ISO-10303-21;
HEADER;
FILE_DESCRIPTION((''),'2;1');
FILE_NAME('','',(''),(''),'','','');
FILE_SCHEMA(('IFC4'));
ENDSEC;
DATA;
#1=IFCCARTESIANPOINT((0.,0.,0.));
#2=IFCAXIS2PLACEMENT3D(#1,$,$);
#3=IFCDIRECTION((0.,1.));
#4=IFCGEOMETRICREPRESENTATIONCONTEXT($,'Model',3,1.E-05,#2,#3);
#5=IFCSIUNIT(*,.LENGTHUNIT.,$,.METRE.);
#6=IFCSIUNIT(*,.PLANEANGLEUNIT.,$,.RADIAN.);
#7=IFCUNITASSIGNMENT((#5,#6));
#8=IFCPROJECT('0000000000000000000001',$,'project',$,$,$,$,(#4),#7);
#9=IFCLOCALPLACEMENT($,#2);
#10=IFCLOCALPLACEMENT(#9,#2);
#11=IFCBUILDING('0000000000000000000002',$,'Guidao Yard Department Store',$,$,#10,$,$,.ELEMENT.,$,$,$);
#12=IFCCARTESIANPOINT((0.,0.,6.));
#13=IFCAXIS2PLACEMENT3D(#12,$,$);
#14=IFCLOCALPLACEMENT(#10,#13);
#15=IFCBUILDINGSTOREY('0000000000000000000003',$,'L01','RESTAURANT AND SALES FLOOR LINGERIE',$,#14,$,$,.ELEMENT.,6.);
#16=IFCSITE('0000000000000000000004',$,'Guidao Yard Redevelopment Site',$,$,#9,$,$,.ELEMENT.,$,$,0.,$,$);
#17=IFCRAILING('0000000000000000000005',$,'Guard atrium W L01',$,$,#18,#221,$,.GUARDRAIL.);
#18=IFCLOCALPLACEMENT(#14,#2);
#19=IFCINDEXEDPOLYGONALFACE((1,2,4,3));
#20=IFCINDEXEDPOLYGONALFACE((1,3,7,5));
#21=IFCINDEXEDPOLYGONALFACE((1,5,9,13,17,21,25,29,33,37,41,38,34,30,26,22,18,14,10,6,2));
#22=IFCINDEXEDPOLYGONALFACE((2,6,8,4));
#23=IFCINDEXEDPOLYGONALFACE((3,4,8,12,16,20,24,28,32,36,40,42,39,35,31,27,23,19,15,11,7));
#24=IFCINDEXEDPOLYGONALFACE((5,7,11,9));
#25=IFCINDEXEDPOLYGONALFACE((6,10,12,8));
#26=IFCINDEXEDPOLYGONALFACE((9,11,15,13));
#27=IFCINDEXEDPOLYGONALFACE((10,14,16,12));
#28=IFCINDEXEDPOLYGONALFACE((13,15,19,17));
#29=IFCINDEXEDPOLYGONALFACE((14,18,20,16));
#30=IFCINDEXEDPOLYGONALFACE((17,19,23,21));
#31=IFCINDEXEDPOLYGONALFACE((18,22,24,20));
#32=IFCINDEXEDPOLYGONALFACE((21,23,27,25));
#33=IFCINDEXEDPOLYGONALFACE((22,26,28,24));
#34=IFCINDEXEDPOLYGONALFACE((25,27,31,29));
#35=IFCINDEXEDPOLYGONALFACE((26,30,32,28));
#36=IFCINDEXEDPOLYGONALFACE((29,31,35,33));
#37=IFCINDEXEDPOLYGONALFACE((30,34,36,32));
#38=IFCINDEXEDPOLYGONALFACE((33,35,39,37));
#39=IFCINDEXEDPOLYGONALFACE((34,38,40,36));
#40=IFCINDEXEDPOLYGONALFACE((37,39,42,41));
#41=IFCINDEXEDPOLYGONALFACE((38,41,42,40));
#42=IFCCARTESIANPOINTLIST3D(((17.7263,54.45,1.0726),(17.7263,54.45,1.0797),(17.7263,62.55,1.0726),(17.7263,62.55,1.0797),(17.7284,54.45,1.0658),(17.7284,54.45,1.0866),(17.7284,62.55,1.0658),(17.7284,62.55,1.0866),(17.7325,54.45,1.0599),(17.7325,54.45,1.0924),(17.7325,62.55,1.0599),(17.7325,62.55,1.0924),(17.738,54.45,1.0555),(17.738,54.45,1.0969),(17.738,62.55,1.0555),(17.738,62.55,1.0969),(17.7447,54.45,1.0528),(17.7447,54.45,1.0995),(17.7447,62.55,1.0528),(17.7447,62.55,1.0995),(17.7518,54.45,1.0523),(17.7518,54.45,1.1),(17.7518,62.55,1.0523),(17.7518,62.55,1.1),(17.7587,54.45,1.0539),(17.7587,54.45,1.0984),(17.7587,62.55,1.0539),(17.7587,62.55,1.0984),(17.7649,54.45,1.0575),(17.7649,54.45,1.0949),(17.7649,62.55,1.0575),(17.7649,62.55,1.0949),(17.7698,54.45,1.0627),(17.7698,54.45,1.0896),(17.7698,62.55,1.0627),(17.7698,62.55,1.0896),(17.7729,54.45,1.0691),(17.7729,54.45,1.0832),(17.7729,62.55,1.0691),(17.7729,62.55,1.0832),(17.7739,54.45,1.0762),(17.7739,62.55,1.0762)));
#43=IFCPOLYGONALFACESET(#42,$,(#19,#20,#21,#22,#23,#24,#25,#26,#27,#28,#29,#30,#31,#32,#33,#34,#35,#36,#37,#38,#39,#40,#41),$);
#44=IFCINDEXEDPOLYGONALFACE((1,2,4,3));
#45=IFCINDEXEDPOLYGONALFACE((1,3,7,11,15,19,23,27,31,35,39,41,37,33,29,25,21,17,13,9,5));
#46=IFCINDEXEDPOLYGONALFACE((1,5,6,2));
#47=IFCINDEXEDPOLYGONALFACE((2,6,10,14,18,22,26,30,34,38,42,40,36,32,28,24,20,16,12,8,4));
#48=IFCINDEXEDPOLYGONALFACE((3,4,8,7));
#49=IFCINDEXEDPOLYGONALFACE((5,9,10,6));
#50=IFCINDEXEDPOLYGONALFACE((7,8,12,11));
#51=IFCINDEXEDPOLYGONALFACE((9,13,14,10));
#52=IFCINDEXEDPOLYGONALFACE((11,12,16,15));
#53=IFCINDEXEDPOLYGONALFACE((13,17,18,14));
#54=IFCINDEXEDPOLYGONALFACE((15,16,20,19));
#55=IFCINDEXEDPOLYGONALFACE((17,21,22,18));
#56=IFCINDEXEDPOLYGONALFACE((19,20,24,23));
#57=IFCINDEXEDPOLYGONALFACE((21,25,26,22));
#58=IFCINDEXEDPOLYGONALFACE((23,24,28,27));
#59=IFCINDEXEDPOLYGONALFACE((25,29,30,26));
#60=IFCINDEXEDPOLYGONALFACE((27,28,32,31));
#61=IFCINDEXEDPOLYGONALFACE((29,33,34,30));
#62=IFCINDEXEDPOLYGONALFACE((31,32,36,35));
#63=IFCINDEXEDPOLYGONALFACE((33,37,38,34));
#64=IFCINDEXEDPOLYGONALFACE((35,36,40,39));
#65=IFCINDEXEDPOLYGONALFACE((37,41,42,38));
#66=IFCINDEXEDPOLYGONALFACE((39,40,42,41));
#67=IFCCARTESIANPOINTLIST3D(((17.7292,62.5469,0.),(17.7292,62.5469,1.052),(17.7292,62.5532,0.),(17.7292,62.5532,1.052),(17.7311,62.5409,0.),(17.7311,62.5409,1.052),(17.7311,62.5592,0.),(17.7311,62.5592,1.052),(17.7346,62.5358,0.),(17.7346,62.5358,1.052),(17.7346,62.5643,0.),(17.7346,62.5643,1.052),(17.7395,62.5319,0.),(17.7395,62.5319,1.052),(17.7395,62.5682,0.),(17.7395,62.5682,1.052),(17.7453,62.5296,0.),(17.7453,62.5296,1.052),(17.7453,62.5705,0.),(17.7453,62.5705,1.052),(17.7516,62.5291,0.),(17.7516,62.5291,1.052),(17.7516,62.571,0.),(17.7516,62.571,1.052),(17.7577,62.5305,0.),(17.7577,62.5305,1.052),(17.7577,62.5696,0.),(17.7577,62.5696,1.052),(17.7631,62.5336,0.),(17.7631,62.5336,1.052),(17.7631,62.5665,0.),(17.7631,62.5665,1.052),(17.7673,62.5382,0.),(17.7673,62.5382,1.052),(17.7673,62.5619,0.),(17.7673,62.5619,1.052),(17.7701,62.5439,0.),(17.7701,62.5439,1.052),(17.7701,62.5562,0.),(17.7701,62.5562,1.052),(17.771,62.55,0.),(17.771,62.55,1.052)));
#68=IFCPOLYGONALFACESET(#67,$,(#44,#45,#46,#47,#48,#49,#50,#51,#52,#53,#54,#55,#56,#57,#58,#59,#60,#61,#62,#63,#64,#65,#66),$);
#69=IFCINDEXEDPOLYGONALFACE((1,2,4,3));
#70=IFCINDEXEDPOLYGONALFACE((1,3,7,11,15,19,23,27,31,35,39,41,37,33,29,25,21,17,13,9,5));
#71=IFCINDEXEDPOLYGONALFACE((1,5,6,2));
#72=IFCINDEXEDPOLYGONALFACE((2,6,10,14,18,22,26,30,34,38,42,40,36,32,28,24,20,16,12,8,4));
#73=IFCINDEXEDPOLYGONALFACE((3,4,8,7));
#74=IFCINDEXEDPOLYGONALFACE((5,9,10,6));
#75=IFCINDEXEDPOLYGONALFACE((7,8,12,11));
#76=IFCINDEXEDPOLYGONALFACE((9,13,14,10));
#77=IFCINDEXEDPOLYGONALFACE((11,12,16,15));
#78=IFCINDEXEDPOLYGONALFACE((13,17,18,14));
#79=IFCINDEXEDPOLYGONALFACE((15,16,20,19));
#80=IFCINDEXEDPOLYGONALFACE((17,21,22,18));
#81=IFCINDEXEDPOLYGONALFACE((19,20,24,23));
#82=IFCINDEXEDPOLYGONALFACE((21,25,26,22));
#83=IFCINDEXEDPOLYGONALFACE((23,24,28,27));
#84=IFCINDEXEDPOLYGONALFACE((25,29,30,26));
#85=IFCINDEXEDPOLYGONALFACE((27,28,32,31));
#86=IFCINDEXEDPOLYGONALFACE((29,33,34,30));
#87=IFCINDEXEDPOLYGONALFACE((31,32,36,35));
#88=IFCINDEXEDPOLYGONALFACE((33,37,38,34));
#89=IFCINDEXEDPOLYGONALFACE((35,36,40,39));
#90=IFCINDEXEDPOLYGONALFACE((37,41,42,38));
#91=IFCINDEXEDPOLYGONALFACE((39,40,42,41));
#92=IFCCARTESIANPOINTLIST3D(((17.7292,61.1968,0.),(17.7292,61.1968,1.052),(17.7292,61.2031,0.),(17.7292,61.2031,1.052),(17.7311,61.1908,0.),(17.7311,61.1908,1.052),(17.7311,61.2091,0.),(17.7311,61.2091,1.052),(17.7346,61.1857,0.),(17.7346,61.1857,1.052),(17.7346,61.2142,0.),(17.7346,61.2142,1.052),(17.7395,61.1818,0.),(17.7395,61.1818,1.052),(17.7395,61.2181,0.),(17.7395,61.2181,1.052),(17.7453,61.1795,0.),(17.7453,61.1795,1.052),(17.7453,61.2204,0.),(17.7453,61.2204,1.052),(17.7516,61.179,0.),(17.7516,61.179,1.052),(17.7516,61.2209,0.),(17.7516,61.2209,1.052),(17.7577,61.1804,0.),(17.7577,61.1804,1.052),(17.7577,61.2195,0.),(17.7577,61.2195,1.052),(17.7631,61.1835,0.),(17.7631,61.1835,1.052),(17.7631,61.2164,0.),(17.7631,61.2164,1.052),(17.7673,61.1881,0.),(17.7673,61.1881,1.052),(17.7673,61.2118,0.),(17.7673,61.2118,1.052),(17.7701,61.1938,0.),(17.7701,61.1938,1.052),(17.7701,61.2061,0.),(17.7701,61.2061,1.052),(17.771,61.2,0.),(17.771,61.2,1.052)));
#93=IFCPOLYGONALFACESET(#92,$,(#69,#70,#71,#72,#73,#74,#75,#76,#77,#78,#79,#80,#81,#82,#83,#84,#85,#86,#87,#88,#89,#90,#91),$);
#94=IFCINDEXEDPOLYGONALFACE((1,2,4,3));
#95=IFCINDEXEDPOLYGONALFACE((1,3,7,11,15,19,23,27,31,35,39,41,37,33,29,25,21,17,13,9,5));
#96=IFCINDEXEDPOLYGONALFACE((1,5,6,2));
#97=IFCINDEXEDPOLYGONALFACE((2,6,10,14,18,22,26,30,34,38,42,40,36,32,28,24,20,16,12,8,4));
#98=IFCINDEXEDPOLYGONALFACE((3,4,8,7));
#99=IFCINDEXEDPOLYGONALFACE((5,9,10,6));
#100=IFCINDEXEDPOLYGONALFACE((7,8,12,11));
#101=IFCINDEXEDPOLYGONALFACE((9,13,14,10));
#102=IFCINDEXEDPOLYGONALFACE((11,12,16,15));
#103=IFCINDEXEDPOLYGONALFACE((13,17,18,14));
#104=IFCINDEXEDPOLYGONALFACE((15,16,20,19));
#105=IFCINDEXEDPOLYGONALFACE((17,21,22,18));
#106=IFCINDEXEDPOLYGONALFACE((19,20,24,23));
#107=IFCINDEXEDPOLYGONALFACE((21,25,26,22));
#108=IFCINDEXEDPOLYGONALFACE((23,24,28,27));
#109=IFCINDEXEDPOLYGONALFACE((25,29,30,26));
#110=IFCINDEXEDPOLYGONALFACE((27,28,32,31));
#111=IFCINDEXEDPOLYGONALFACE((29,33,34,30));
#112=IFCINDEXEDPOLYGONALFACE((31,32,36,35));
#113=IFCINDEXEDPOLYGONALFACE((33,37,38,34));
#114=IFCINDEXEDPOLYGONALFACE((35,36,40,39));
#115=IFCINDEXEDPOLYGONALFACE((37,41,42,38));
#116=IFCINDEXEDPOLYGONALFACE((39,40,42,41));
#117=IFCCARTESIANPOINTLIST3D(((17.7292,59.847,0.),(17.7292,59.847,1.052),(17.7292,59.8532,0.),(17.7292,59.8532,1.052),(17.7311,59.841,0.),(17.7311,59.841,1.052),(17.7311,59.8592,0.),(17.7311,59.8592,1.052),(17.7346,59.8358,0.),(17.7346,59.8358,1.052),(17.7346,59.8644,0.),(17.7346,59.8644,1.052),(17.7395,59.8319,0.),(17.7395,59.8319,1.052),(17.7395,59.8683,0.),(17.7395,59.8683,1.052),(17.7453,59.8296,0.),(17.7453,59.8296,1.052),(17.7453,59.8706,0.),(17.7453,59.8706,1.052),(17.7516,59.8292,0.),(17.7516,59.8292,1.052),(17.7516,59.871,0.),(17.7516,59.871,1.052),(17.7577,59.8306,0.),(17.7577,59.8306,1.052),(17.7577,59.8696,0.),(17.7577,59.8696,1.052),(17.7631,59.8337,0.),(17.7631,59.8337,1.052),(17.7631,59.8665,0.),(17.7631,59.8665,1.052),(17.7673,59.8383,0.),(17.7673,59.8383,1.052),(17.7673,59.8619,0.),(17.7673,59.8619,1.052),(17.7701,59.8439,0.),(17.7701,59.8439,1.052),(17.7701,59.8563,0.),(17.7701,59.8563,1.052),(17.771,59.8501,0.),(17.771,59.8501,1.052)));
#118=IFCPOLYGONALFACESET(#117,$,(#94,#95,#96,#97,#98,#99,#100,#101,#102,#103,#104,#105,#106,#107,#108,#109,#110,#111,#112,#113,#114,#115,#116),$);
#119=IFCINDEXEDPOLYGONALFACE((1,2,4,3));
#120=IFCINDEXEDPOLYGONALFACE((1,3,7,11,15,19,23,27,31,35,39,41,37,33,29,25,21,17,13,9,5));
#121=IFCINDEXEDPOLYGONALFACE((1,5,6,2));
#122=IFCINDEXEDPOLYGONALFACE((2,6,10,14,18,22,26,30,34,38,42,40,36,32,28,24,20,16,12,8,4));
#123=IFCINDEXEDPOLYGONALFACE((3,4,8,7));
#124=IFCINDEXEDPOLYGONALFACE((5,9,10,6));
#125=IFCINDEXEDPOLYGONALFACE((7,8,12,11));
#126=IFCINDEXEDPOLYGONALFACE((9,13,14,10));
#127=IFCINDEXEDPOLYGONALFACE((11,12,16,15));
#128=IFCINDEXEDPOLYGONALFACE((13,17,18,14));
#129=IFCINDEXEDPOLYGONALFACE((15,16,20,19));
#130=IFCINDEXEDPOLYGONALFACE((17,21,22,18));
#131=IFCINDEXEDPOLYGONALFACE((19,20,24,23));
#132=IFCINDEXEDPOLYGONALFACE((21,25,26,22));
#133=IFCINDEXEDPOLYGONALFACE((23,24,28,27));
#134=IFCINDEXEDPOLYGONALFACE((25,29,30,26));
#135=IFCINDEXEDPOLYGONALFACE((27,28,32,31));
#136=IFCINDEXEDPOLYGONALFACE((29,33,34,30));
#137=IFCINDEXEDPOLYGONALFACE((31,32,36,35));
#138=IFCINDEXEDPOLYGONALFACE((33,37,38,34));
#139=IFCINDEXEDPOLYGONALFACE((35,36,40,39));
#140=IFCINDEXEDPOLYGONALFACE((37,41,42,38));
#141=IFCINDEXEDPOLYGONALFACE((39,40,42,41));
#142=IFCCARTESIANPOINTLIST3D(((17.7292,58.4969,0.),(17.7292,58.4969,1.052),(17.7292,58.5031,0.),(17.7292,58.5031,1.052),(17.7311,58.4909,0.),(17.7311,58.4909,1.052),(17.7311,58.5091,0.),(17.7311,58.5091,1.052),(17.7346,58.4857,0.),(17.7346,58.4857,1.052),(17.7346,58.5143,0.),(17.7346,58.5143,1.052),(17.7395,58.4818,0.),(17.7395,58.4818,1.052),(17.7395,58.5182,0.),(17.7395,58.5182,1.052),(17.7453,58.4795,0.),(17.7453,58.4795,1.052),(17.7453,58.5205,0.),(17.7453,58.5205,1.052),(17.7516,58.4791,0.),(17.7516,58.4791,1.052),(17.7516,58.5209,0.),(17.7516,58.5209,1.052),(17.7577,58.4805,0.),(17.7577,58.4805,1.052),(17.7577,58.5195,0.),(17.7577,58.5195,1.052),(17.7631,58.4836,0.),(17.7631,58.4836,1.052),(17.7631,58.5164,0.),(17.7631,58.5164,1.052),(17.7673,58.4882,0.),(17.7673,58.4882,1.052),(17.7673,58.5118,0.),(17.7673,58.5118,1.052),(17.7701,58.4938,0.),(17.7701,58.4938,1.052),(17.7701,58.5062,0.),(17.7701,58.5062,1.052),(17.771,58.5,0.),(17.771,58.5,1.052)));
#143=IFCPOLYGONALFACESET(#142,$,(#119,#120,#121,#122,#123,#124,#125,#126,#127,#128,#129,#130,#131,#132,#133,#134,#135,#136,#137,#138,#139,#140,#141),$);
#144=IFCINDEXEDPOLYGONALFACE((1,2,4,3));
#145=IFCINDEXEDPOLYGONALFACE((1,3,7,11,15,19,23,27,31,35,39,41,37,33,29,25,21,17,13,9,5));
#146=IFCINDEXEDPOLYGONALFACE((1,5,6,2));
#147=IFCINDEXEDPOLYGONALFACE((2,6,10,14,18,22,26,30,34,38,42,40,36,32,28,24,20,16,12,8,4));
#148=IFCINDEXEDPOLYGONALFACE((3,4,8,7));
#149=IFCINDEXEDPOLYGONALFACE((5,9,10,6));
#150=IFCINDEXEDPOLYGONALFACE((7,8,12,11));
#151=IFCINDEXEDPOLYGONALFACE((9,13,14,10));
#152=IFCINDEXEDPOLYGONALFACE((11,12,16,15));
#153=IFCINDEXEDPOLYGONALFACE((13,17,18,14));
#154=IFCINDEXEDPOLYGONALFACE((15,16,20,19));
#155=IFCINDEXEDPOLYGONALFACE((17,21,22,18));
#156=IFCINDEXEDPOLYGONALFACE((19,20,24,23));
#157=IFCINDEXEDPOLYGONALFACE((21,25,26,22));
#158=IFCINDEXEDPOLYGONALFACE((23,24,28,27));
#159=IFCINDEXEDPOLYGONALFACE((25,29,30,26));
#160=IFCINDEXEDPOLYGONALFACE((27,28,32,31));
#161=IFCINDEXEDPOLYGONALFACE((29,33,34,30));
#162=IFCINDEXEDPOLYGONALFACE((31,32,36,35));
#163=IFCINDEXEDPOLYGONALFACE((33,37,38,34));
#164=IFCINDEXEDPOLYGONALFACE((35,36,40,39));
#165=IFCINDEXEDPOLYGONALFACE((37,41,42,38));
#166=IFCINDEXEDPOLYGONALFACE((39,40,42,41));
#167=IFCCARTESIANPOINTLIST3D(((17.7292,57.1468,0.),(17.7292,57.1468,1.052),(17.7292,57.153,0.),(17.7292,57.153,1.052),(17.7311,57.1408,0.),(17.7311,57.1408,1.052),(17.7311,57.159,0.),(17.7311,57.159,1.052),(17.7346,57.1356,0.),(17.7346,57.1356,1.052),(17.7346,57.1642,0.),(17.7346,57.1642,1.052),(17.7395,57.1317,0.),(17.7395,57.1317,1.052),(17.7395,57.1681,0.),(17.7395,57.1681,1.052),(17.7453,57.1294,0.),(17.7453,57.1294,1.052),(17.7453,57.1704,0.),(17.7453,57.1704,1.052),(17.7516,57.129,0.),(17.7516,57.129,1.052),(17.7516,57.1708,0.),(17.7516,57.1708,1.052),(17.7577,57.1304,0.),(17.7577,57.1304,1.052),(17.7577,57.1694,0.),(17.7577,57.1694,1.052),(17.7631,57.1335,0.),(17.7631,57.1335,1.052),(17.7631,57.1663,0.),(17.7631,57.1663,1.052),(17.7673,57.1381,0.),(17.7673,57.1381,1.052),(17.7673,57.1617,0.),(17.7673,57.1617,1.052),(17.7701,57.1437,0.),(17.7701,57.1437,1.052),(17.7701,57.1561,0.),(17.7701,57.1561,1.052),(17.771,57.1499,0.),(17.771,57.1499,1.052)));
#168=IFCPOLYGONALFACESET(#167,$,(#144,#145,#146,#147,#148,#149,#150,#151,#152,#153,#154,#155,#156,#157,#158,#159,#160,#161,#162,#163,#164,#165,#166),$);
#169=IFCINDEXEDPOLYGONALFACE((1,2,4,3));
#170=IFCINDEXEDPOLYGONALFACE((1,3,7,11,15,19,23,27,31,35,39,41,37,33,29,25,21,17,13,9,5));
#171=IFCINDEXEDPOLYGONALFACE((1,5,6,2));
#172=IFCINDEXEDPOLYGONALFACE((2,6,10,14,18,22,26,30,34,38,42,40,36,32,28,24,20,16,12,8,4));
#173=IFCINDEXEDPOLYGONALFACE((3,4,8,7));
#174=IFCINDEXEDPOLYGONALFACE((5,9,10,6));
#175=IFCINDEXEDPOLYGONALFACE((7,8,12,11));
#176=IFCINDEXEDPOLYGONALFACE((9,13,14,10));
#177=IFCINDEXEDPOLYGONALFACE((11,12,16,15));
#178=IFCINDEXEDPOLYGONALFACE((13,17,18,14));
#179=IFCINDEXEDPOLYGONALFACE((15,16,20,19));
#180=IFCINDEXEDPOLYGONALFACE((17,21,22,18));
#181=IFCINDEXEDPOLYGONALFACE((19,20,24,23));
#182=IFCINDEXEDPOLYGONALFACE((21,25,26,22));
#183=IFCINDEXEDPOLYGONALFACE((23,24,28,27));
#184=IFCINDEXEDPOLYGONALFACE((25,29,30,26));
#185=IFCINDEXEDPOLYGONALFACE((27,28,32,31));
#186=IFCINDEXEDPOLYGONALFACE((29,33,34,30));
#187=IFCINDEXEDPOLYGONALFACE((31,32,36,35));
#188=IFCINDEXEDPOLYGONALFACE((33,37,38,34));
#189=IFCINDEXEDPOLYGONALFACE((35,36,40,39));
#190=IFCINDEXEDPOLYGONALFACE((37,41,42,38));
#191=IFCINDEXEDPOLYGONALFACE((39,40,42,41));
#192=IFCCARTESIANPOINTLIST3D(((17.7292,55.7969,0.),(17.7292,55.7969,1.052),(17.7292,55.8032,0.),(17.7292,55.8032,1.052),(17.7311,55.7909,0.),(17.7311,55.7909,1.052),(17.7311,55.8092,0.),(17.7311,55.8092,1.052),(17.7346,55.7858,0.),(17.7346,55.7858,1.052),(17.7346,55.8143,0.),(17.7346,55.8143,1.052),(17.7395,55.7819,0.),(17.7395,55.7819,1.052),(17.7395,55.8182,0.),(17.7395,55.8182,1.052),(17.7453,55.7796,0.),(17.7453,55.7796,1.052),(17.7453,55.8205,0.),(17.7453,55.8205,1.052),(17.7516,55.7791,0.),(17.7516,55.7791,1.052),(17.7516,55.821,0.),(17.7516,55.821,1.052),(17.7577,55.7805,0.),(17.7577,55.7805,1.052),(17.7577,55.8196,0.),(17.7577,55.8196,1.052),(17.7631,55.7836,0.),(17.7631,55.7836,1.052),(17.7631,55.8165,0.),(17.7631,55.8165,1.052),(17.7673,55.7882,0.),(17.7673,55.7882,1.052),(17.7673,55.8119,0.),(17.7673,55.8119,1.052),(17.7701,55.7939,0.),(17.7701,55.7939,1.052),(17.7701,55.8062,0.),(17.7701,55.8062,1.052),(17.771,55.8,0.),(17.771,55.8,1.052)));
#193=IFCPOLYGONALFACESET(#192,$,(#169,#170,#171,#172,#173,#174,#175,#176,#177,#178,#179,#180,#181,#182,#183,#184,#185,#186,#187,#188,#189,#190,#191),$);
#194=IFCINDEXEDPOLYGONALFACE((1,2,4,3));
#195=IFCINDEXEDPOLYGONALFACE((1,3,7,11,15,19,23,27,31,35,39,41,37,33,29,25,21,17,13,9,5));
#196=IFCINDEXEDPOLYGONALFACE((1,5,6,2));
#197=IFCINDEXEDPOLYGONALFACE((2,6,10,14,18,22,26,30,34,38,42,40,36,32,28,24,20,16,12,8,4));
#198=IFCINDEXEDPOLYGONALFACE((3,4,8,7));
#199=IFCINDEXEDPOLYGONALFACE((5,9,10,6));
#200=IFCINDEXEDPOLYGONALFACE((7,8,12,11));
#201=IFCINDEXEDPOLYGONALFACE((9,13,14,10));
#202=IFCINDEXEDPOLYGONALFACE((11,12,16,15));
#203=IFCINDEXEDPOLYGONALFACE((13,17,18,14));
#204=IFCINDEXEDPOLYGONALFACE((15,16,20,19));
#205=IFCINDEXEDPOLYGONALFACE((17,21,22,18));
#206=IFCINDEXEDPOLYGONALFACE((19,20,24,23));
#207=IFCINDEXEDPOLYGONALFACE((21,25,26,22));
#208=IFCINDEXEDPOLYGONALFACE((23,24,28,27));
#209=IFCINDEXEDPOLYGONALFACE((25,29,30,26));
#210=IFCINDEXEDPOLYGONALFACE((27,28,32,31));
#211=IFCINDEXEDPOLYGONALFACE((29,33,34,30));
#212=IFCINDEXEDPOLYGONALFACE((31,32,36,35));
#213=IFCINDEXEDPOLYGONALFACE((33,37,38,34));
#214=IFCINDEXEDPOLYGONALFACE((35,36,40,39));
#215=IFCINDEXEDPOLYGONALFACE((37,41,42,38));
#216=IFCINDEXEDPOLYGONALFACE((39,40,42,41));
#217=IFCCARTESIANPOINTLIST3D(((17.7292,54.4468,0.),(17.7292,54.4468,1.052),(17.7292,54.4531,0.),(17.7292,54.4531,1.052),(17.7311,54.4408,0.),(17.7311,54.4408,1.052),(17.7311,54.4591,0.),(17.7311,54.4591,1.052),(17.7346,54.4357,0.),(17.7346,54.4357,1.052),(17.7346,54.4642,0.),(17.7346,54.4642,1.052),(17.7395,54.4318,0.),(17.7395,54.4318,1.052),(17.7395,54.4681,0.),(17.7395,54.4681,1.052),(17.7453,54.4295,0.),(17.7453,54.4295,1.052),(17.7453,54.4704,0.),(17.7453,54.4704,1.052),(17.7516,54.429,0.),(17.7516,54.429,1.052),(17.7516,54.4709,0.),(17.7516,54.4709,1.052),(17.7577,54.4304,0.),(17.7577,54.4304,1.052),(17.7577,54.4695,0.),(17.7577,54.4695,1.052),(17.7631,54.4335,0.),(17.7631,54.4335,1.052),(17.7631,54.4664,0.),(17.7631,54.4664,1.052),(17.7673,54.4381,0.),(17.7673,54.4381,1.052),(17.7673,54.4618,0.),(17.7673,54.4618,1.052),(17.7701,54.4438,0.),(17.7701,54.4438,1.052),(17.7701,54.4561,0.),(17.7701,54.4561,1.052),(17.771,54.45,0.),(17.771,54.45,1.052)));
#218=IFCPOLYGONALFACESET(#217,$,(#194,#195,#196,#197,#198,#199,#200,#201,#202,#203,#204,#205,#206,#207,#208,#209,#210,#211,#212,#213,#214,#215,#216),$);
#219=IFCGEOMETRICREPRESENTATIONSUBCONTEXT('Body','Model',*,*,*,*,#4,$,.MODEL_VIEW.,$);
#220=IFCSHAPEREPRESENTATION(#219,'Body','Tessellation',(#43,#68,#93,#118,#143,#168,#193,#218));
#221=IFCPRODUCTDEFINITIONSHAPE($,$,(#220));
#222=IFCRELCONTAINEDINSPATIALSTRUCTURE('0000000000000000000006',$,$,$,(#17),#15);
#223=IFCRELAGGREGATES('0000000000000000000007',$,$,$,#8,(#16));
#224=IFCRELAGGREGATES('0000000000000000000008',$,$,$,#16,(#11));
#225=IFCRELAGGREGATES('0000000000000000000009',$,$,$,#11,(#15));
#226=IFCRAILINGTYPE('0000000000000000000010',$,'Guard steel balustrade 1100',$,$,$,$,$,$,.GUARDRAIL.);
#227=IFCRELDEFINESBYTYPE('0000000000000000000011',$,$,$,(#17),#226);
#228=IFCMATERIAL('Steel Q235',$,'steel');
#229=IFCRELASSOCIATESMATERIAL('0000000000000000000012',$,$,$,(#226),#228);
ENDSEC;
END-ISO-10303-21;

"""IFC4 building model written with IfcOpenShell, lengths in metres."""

from ifc_helpers import new_model, si_unit, direction, frame, origin, origin_2d, place, context, subcontext, project, spatial, circle, extrude, material, type_object, element, save


model = new_model("IFC4")

# Units and contexts
model_context = context("Model", 3, precision=1e-05, world=origin(), true_north=direction((0.0, 1.0)))
body_context = subcontext(model_context, "Body", "Model", "MODEL_VIEW")
ifc_project = project(units=[si_unit("LENGTHUNIT", "METRE"), si_unit("PLANEANGLEUNIT", "RADIAN")], contexts=[model_context])

# Site, building, storey
site_placement = place(None, origin())
site = spatial("IfcSite", under=ifc_project, at=site_placement, Name="Guidao Yard Redevelopment Site", CompositionType="ELEMENT", RefElevation=0.0)
building_placement = place(site_placement, origin())
building = spatial("IfcBuilding", under=site, at=building_placement, Name="Guidao Yard Department Store", CompositionType="ELEMENT")
storey_placement = place(building_placement, frame((0.0, 0.0, 6.0)))
storey = spatial("IfcBuildingStorey", under=building, at=storey_placement, Name="L01", Description="RESTAURANT AND SALES FLOOR LINGERIE", CompositionType="ELEMENT", Elevation=6.0)

# Railing
ifc_material_1 = material(Name="Steel Q235", Category="steel")
railing_type = type_object("IfcRailingType", Name="Guard steel balustrade 1100", PredefinedType="GUARDRAIL", material=ifc_material_1)
railing_1_placement = place(storey_placement, frame((17.75, 62.55, 0.0)))
element("IfcRailing", 1, at=railing_1_placement, inside=storey, type_object=railing_type, Name="Guard atrium W L01", PredefinedType="GUARDRAIL", context=body_context, shape_type="SweptSolid", body=[
    extrude(circle(Radius=0.0239, at=origin_2d()), frame((0.0, 0.0, 1.0762), z_axis=(0.0, -1.0, 0.0), x_axis=(1.0, 0.0, 0.0)), (0.0, 0.0, 1.0), 8.1001),
    extrude(circle(Radius=0.021, at=origin_2d()), origin(), (0.0, 0.0, 1.0), 1.052),
    extrude(circle(Radius=0.021, at=origin_2d()), frame((0.0, -1.3501, 0.0)), (0.0, 0.0, 1.0), 1.052),
    extrude(circle(Radius=0.021, at=origin_2d()), frame((0.0, -2.7, 0.0)), (0.0, 0.0, 1.0), 1.052),
    extrude(circle(Radius=0.021, at=origin_2d()), frame((0.0, -4.05, 0.0)), (0.0, 0.0, 1.0), 1.052),
    extrude(circle(Radius=0.021, at=origin_2d()), frame((0.0, -5.4001, 0.0)), (0.0, 0.0, 1.0), 1.052),
    extrude(circle(Radius=0.021, at=origin_2d()), frame((0.0, -6.75, 0.0)), (0.0, 0.0, 1.0), 1.052),
    extrude(circle(Radius=0.021, at=origin_2d()), frame((0.0, -8.1001, 0.0)), (0.0, 0.0, 1.0), 1.052),
])

save(model, "model.ifc")
